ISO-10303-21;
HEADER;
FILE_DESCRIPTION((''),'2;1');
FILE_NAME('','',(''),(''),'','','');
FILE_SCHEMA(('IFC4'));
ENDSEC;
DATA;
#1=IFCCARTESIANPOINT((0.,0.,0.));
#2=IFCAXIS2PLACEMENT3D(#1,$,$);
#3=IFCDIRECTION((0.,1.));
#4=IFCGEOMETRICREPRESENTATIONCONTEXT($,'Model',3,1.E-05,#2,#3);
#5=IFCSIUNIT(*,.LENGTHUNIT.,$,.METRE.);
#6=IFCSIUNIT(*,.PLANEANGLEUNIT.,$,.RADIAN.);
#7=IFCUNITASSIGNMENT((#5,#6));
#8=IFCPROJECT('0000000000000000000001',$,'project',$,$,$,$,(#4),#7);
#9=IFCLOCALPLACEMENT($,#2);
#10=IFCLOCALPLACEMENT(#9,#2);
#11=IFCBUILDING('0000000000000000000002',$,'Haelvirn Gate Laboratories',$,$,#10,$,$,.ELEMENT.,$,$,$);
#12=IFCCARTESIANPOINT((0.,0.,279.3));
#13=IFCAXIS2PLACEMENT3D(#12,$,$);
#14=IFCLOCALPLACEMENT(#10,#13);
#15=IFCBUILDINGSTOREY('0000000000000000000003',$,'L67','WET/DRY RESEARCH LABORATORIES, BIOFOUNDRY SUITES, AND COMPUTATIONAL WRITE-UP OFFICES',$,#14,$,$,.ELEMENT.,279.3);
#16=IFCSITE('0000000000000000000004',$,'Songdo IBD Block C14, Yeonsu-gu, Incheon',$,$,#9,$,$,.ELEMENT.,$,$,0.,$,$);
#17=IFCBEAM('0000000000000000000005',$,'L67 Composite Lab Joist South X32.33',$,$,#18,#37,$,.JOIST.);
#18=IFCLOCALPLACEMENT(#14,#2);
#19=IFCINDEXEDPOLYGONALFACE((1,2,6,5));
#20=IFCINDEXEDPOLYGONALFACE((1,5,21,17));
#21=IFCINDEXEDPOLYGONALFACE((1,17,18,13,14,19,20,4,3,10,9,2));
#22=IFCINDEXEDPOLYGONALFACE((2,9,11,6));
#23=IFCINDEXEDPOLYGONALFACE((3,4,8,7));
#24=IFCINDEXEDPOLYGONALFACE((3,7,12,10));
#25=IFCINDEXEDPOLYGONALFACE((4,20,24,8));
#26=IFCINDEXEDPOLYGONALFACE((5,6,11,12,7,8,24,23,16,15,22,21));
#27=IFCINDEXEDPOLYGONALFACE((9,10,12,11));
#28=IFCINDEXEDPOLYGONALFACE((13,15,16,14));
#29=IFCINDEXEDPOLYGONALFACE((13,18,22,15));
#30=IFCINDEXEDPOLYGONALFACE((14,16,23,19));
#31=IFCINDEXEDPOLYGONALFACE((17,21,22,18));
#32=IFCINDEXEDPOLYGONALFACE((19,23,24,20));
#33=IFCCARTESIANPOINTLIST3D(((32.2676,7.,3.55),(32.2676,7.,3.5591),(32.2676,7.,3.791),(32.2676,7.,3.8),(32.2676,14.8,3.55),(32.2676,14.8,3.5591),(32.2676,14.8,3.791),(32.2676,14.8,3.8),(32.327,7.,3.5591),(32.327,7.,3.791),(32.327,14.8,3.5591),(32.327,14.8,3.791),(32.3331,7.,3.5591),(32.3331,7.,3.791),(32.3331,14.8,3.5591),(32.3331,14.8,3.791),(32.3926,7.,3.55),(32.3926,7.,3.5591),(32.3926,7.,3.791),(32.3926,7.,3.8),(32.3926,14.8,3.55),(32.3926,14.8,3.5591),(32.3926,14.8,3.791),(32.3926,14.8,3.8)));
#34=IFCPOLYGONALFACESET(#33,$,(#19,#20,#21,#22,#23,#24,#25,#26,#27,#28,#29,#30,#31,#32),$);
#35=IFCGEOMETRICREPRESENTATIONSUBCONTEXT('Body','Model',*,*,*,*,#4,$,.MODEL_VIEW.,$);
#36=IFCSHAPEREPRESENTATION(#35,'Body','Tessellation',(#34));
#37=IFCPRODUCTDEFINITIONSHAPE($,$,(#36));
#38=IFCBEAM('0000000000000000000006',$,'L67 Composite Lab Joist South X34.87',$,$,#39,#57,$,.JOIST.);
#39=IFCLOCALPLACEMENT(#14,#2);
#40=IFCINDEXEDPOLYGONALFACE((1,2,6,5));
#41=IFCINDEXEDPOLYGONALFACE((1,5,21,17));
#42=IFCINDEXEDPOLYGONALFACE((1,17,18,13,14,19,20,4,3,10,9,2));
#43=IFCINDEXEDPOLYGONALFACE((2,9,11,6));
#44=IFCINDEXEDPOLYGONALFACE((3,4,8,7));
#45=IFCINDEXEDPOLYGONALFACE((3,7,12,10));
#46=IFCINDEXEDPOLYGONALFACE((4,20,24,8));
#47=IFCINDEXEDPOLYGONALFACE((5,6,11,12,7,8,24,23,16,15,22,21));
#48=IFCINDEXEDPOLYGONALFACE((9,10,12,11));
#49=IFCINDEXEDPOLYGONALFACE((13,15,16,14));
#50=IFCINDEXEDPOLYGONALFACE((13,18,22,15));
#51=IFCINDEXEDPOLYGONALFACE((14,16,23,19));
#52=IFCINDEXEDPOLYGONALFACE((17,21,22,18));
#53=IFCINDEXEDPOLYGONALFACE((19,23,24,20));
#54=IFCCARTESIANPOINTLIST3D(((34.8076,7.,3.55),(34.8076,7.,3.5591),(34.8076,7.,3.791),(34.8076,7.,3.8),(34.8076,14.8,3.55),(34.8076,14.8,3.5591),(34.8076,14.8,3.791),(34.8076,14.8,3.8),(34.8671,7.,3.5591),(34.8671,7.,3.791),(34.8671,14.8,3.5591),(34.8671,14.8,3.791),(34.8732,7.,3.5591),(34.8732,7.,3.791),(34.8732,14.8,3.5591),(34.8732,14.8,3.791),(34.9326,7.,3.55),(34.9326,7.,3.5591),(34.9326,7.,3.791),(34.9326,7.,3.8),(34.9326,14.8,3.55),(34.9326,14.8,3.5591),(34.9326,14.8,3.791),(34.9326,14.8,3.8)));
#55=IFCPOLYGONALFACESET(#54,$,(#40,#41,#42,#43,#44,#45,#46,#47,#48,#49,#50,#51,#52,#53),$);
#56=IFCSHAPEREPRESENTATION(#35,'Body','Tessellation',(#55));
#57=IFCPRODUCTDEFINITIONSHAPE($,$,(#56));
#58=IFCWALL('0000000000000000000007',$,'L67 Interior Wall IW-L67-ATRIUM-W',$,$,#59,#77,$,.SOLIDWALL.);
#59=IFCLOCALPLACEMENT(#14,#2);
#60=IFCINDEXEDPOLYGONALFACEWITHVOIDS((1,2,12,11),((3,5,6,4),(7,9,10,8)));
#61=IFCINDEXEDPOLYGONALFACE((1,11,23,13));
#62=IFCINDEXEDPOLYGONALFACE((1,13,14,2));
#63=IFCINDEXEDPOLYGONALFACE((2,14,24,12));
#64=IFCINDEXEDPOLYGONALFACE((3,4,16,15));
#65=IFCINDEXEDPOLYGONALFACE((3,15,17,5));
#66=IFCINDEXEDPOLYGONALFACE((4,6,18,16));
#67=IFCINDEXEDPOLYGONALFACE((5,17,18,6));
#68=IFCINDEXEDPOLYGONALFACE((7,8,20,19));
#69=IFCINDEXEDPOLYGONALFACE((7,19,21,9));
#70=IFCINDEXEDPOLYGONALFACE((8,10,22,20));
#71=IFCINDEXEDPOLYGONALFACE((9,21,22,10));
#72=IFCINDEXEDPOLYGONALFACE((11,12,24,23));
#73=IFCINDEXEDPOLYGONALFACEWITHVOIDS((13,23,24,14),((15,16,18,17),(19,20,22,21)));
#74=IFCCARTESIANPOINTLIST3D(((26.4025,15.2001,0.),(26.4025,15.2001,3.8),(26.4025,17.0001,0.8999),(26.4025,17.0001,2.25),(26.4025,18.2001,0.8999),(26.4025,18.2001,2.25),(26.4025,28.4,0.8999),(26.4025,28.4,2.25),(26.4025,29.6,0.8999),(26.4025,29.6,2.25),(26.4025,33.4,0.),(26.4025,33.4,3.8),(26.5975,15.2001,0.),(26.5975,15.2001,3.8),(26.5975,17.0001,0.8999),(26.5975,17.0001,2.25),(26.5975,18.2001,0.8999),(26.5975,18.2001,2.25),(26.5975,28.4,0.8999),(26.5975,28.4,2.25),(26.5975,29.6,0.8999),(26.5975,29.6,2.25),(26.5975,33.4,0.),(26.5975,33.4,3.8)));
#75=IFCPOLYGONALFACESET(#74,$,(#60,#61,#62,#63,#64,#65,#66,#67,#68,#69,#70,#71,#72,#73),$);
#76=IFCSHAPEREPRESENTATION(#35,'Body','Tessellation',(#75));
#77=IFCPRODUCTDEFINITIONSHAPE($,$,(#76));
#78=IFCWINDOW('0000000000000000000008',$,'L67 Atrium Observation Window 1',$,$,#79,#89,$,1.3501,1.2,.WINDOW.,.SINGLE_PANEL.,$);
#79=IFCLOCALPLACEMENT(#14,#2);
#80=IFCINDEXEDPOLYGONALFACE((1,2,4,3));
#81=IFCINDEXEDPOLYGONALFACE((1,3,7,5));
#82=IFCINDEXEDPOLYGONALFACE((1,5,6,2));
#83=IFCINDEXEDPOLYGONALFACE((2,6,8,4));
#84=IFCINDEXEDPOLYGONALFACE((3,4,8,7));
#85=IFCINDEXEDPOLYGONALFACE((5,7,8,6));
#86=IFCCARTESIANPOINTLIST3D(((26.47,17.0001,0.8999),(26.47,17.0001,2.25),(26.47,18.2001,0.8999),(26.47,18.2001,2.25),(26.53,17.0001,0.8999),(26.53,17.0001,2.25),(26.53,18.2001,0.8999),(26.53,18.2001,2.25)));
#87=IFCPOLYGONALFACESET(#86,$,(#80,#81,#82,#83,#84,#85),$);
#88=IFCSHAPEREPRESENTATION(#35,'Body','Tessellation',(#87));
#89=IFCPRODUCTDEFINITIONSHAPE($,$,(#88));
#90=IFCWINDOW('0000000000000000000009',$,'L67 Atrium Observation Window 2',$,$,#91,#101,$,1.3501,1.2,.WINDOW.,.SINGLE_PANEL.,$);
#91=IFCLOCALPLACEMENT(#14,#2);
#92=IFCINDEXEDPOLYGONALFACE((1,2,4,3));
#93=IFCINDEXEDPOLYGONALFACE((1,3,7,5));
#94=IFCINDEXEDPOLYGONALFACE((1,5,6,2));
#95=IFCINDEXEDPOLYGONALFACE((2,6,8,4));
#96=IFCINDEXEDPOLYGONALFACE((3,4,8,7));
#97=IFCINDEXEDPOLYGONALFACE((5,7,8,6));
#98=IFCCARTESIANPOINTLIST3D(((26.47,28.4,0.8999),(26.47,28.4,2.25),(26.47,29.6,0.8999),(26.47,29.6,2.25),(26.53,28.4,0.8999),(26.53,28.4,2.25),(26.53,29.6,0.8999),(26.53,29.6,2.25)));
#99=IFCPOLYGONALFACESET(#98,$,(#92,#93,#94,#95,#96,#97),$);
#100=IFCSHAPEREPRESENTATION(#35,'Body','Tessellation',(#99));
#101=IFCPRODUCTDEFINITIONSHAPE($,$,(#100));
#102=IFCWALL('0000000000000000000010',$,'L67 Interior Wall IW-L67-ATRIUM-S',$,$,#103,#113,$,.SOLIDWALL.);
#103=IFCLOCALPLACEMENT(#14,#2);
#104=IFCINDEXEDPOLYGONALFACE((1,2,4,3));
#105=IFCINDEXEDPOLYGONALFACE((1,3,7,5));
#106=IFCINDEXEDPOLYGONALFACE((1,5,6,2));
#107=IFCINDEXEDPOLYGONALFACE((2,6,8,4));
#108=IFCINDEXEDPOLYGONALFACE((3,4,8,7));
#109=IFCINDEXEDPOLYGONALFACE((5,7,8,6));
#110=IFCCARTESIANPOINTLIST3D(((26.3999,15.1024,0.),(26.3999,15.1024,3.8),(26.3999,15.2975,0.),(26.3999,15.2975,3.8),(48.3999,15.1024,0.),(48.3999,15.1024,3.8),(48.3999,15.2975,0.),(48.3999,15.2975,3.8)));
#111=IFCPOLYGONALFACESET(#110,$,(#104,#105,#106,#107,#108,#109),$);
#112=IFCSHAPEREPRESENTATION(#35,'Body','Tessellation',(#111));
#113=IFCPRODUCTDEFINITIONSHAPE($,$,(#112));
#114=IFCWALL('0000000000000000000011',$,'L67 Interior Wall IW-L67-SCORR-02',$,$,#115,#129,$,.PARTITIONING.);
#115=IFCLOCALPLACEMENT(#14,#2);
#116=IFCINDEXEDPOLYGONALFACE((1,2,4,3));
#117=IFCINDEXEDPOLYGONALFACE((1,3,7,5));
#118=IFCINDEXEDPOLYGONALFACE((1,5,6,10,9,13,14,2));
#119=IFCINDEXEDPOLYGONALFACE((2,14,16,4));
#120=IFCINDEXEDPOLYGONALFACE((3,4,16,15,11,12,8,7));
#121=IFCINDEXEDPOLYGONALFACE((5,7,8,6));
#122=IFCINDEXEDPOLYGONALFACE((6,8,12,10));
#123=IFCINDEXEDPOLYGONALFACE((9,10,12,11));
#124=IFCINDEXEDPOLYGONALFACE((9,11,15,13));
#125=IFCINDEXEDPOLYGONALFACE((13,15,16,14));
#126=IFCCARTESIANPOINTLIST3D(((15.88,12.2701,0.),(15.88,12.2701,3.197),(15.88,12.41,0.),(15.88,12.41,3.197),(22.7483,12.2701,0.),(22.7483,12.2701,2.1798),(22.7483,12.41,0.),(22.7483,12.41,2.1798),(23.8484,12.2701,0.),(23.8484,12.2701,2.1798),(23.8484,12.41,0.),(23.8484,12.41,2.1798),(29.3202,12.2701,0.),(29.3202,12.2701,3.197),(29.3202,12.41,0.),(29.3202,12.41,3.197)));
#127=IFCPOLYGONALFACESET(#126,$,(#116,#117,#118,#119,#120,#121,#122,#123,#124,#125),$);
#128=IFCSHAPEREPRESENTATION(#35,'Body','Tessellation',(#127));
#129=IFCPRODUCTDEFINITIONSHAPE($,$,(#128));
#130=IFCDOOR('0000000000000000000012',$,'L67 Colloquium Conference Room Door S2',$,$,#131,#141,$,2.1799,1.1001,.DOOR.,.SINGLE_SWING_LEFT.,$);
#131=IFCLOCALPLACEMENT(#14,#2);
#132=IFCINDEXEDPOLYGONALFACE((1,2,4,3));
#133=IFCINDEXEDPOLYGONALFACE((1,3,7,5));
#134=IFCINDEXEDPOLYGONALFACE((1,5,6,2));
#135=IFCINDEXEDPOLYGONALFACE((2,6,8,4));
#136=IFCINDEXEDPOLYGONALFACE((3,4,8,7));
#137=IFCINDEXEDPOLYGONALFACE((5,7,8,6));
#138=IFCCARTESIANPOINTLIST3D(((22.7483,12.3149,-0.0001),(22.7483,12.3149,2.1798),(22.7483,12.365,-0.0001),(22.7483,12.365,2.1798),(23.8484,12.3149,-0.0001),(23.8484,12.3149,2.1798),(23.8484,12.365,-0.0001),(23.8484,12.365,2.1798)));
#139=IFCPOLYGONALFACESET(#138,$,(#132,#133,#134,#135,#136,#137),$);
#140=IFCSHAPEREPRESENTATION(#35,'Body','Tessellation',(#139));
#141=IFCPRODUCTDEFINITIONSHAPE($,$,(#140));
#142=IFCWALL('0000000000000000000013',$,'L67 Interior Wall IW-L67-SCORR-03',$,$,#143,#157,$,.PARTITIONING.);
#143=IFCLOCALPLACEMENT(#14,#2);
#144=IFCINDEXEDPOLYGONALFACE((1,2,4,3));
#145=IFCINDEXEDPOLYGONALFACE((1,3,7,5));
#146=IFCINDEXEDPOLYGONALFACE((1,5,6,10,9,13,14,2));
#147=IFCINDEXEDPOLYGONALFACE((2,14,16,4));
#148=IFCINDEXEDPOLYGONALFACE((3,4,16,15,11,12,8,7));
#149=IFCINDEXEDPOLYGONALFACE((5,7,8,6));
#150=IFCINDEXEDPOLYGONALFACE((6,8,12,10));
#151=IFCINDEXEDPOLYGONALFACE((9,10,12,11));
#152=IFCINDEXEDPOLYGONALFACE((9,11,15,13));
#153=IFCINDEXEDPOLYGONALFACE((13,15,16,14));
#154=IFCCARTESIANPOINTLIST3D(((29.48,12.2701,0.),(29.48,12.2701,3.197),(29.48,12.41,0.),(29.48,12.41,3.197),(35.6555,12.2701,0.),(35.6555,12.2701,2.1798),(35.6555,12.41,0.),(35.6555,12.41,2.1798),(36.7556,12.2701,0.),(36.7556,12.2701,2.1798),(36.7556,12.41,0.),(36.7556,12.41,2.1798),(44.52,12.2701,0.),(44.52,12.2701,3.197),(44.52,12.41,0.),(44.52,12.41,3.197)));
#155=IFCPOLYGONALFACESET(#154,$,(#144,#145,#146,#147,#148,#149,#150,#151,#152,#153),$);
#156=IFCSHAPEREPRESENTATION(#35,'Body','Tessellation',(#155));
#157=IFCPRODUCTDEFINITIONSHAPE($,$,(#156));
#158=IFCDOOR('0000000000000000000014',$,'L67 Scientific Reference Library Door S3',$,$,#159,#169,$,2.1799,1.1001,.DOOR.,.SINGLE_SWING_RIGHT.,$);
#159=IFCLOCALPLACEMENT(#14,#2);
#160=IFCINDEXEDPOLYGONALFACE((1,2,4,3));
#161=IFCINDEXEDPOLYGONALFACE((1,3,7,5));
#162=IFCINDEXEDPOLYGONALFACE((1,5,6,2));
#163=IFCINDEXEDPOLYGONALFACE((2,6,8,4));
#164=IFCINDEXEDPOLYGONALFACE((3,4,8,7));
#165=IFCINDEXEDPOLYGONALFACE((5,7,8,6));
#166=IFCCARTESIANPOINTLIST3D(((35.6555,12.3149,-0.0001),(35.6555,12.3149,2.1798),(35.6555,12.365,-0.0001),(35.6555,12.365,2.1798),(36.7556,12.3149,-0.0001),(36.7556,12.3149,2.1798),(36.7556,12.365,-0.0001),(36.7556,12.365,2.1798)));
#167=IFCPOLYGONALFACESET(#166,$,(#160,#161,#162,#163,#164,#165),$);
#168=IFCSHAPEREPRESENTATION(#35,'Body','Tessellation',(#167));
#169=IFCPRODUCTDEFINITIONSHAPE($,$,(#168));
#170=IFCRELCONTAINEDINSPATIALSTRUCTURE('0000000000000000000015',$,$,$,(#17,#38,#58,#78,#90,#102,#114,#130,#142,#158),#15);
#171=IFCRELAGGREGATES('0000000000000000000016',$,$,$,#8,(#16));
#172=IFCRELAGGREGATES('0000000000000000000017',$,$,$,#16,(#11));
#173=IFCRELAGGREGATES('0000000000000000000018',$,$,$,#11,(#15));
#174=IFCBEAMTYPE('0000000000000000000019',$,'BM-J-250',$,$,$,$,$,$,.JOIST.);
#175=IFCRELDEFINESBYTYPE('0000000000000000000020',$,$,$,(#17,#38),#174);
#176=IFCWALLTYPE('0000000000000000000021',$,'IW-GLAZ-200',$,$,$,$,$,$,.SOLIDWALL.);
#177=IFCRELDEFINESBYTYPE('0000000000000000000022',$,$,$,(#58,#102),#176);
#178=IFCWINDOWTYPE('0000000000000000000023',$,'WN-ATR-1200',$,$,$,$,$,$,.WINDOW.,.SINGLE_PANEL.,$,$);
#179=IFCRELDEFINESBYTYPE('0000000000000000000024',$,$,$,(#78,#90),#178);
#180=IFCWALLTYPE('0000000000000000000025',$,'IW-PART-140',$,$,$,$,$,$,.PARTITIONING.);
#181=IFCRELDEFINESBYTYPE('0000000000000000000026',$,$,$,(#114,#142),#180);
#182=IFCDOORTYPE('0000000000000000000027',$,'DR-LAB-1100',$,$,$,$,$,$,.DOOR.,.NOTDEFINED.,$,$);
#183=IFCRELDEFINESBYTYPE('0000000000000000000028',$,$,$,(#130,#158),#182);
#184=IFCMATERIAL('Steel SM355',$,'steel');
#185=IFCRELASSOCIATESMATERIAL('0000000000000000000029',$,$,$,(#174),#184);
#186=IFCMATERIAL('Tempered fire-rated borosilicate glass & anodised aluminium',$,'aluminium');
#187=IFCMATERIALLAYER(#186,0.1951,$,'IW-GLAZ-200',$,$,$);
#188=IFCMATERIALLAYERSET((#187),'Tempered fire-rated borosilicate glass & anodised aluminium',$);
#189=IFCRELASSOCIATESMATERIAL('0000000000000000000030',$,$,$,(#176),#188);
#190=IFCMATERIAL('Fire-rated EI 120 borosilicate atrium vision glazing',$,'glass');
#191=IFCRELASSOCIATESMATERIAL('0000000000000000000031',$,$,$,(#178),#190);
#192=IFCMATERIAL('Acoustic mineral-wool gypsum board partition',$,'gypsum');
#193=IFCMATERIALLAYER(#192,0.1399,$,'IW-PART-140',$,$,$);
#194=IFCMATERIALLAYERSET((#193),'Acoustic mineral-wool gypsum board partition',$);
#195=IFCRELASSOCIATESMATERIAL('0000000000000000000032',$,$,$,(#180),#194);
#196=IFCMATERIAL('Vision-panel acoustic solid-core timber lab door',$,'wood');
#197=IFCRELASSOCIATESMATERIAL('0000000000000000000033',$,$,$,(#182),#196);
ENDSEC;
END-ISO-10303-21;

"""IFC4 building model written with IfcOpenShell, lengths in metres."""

from ifc_helpers import new_model, si_unit, direction, frame, frame_2d, origin, origin_2d, place, context, subcontext, project, spatial, rectangle, i_section, extrude, source, transform, mapped, material, layer, layer_set, material_profile, profile_set, type_object, type_shapes, element, fill, save


model = new_model("IFC4")

# Units and contexts
model_context = context("Model", 3, precision=1e-05, world=origin(), true_north=direction((0.0, 1.0)))
body_context = subcontext(model_context, "Body", "Model", "MODEL_VIEW")
ifc_project = project(units=[si_unit("LENGTHUNIT", "METRE"), si_unit("PLANEANGLEUNIT", "RADIAN")], contexts=[model_context])

# Site, building, storey
site_placement = place(None, origin())
site = spatial("IfcSite", under=ifc_project, at=site_placement, Name="Songdo IBD Block C14, Yeonsu-gu, Incheon", CompositionType="ELEMENT", RefElevation=0.0)
building_placement = place(site_placement, origin())
building = spatial("IfcBuilding", under=site, at=building_placement, Name="Haelvirn Gate Laboratories", CompositionType="ELEMENT")
storey_placement = place(building_placement, frame((0.0, 0.0, 279.3)))
storey = spatial("IfcBuildingStorey", under=building, at=storey_placement, Name="L67", Description="WET/DRY RESEARCH LABORATORIES, BIOFOUNDRY SUITES, AND COMPUTATIONAL WRITE-UP OFFICES", CompositionType="ELEMENT", Elevation=279.3)

# Shared definitions
ifc_material_1 = material(Name="Steel SM355", Category="steel")

# Beams
ifc_material_profile_1 = material_profile(ifc_material_1, i_section(OverallWidth=0.125, OverallDepth=0.25, WebThickness=0.0061, FlangeThickness=0.009, at=origin_2d()), Name="H-250x125x6x9")
ifc_profile_set_1 = profile_set([ifc_material_profile_1], Name="Steel SM355")
beam_type_1 = type_object("IfcBeamType", Name="BM-J-250", PredefinedType="JOIST", material=ifc_profile_set_1)
shared_shape_1 = source(origin(), body_context, "Body", "SweptSolid", [
    extrude(i_section(OverallWidth=0.125, OverallDepth=0.25, WebThickness=0.0061, FlangeThickness=0.009, at=origin_2d()), origin(), (0.0, 0.0, 1.0), 7.8),
])
type_shapes(beam_type_1, [shared_shape_1])
for number, where, z_axis, x_axis, name in (
    (1, (32.3301, 7.0, 3.675), (0.0, 1.0, 0.0), (-1.0, 0.0, 0.0), "L67 Composite Lab Joist South X32.33"),
    (2, (34.8701, 7.0, 3.675), (0.0, 1.0, 0.0), (-1.0, 0.0, 0.0), "L67 Composite Lab Joist South X34.87"),
):
    element("IfcBeam", number, at=place(storey_placement, frame(where, z_axis=z_axis, x_axis=x_axis)), inside=storey, type_object=beam_type_1, Name=name, PredefinedType="JOIST", context=body_context, shape_type="MappedRepresentation", body=[
        mapped(shared_shape_1, transform((0.0, 0.0, 0.0), scale=1.0)),
    ])

# Wall, openings, windows
ifc_material_2 = material(Name="Tempered fire-rated borosilicate glass & anodised aluminium", Category="aluminium")
ifc_layer_1 = layer(ifc_material_2, 0.1951, Name="IW-GLAZ-200")
ifc_layer_set_1 = layer_set([ifc_layer_1], Name="Tempered fire-rated borosilicate glass & anodised aluminium")
wall_type_1 = type_object("IfcWallType", Name="IW-GLAZ-200", PredefinedType="SOLIDWALL", material=ifc_layer_set_1)
wall_1_placement = place(storey_placement, frame((26.5, 15.2, 0.0), z_axis=(0.0, 0.0, 1.0), x_axis=(0.0, 1.0, 0.0)))
wall_1 = element("IfcWall", 3, at=wall_1_placement, inside=storey, type_object=wall_type_1, Name="L67 Interior Wall IW-L67-ATRIUM-W", PredefinedType="SOLIDWALL", context=body_context, shape_type="SweptSolid", body=[
    extrude(rectangle(XDim=18.2, YDim=0.1951, at=frame_2d((9.1001, 0.0))), origin(), (0.0, 0.0, 1.0), 3.8),
])
opening_1_placement = place(wall_1_placement, frame((1.8, 0.0, 0.8999)))
opening_1 = element("IfcOpeningElement", 4, at=opening_1_placement, cuts=wall_1, PredefinedType="OPENING", context=body_context, shape_type="SweptSolid", body=[
    extrude(rectangle(XDim=1.2, YDim=1.3501, at=frame_2d((0.6001, 0.675))), frame((0.0, 0.1074, 0.0), z_axis=(0.0, -1.0, 0.0), x_axis=(1.0, 0.0, 0.0)), (0.0, 0.0, 1.0), 0.2151),
])
opening_2_placement = place(wall_1_placement, frame((13.2, 0.0, 0.8999)))
opening_2 = element("IfcOpeningElement", 5, at=opening_2_placement, cuts=wall_1, PredefinedType="OPENING", context=body_context, shape_type="SweptSolid", body=[
    extrude(rectangle(XDim=1.2, YDim=1.3501, at=frame_2d((0.6001, 0.675))), frame((0.0, 0.1074, 0.0), z_axis=(0.0, -1.0, 0.0), x_axis=(1.0, 0.0, 0.0)), (0.0, 0.0, 1.0), 0.2151),
])
ifc_material_3 = material(Name="Fire-rated EI 120 borosilicate atrium vision glazing", Category="glass")
window_type = type_object("IfcWindowType", Name="WN-ATR-1200", PartitioningType="SINGLE_PANEL", PredefinedType="WINDOW", material=ifc_material_3)
shared_shape_2 = source(origin(), body_context, "Body", "SweptSolid", [
    extrude(rectangle(XDim=1.2, YDim=1.3501, at=frame_2d((0.6001, 0.675))), frame((0.0, 0.03, 0.0), z_axis=(0.0, -1.0, 0.0), x_axis=(1.0, 0.0, 0.0)), (0.0, 0.0, 1.0), 0.0601),
])
type_shapes(window_type, [shared_shape_2])
window_1_placement = place(opening_1_placement, origin())
window_1 = element("IfcWindow", 6, at=window_1_placement, inside=storey, type_object=window_type, Name="L67 Atrium Observation Window 1", OverallHeight=1.3501, OverallWidth=1.2, PartitioningType="SINGLE_PANEL", PredefinedType="WINDOW", context=body_context, shape_type="MappedRepresentation", body=[
    mapped(shared_shape_2, transform((0.0, 0.0, 0.0), scale=1.0)),
])
fill(opening_1, window_1)
window_2_placement = place(opening_2_placement, origin())
window_2 = element("IfcWindow", 7, at=window_2_placement, inside=storey, type_object=window_type, Name="L67 Atrium Observation Window 2", OverallHeight=1.3501, OverallWidth=1.2, PartitioningType="SINGLE_PANEL", PredefinedType="WINDOW", context=body_context, shape_type="MappedRepresentation", body=[
    mapped(shared_shape_2, transform((0.0, 0.0, 0.0), scale=1.0)),
])
fill(opening_2, window_2)

# Wall
wall_2_placement = place(storey_placement, frame((26.3999, 15.2, 0.0), z_axis=(0.0, 0.0, 1.0), x_axis=(1.0, 0.0, 0.0)))
element("IfcWall", 8, at=wall_2_placement, inside=storey, type_object=wall_type_1, Name="L67 Interior Wall IW-L67-ATRIUM-S", PredefinedType="SOLIDWALL", context=body_context, shape_type="SweptSolid", body=[
    extrude(rectangle(XDim=22.0, YDim=0.1951, at=frame_2d((11.0, 0.0))), origin(), (0.0, 0.0, 1.0), 3.8),
])

# Walls, openings, doors
ifc_material_4 = material(Name="Acoustic mineral-wool gypsum board partition", Category="gypsum")
ifc_layer_2 = layer(ifc_material_4, 0.1399, Name="IW-PART-140")
ifc_layer_set_2 = layer_set([ifc_layer_2], Name="Acoustic mineral-wool gypsum board partition")
wall_type_2 = type_object("IfcWallType", Name="IW-PART-140", PredefinedType="PARTITIONING", material=ifc_layer_set_2)
wall_3_placement = place(storey_placement, frame((15.8799, 12.3401, 0.0), z_axis=(0.0, 0.0, 1.0), x_axis=(1.0, 0.0, 0.0)))
wall_3 = element("IfcWall", 9, at=wall_3_placement, inside=storey, type_object=wall_type_2, Name="L67 Interior Wall IW-L67-SCORR-02", PredefinedType="PARTITIONING", context=body_context, shape_type="SweptSolid", body=[
    extrude(rectangle(XDim=13.4402, YDim=0.1399, at=frame_2d((6.7202, 0.0))), origin(), (0.0, 0.0, 1.0), 3.197),
])
opening_3_placement = place(wall_3_placement, frame((6.8684, 0.0, 0.0)))
opening_3 = element("IfcOpeningElement", 10, at=opening_3_placement, cuts=wall_3, PredefinedType="OPENING", context=body_context, shape_type="SweptSolid", body=[
    extrude(rectangle(XDim=1.1001, YDim=2.1799, at=frame_2d((0.55, 1.0898))), frame((0.0, 0.0801, 0.0), z_axis=(0.0, -1.0, 0.0), x_axis=(1.0, 0.0, 0.0)), (0.0, 0.0, 1.0), 0.1599),
])
ifc_material_5 = material(Name="Vision-panel acoustic solid-core timber lab door", Category="wood")
door_type_1 = type_object("IfcDoorType", Name="DR-LAB-1100", OperationType="NOTDEFINED", PredefinedType="DOOR", material=ifc_material_5)
shared_shape_3 = source(origin(), body_context, "Body", "SweptSolid", [
    extrude(rectangle(XDim=1.1001, YDim=2.1799, at=frame_2d((0.55, 1.0898))), frame((0.0, 0.0249, 0.0), z_axis=(0.0, -1.0, 0.0), x_axis=(1.0, 0.0, 0.0)), (0.0, 0.0, 1.0), 0.05),
])
type_shapes(door_type_1, [shared_shape_3])
door_1_placement = place(opening_3_placement, origin())
door_1 = element("IfcDoor", 11, at=door_1_placement, inside=storey, type_object=door_type_1, Name="L67 Colloquium Conference Room Door S2", OperationType="SINGLE_SWING_LEFT", OverallHeight=2.1799, OverallWidth=1.1001, PredefinedType="DOOR", context=body_context, shape_type="MappedRepresentation", body=[
    mapped(shared_shape_3, transform((0.0, 0.0, 0.0), scale=1.0)),
])
fill(opening_3, door_1)
wall_4_placement = place(storey_placement, frame((29.48, 12.3401, 0.0), z_axis=(0.0, 0.0, 1.0), x_axis=(1.0, 0.0, 0.0)))
wall_4 = element("IfcWall", 12, at=wall_4_placement, inside=storey, type_object=wall_type_2, Name="L67 Interior Wall IW-L67-SCORR-03", PredefinedType="PARTITIONING", context=body_context, shape_type="SweptSolid", body=[
    extrude(rectangle(XDim=15.04, YDim=0.1399, at=frame_2d((7.52, 0.0))), origin(), (0.0, 0.0, 1.0), 3.197),
])
opening_4_placement = place(wall_4_placement, frame((6.1755, 0.0, 0.0)))
opening_4 = element("IfcOpeningElement", 13, at=opening_4_placement, cuts=wall_4, PredefinedType="OPENING", context=body_context, shape_type="SweptSolid", body=[
    extrude(rectangle(XDim=1.1001, YDim=2.1799, at=frame_2d((0.55, 1.0898))), frame((0.0, 0.0801, 0.0), z_axis=(0.0, -1.0, 0.0), x_axis=(1.0, 0.0, 0.0)), (0.0, 0.0, 1.0), 0.1599),
])
door_2_placement = place(opening_4_placement, origin())
door_2 = element("IfcDoor", 14, at=door_2_placement, inside=storey, type_object=door_type_1, Name="L67 Scientific Reference Library Door S3", OperationType="SINGLE_SWING_RIGHT", OverallHeight=2.1799, OverallWidth=1.1001, PredefinedType="DOOR", context=body_context, shape_type="MappedRepresentation", body=[
    mapped(shared_shape_3, transform((0.0, 0.0, 0.0), scale=1.0)),
])
fill(opening_4, door_2)

save(model, "model.ifc")
